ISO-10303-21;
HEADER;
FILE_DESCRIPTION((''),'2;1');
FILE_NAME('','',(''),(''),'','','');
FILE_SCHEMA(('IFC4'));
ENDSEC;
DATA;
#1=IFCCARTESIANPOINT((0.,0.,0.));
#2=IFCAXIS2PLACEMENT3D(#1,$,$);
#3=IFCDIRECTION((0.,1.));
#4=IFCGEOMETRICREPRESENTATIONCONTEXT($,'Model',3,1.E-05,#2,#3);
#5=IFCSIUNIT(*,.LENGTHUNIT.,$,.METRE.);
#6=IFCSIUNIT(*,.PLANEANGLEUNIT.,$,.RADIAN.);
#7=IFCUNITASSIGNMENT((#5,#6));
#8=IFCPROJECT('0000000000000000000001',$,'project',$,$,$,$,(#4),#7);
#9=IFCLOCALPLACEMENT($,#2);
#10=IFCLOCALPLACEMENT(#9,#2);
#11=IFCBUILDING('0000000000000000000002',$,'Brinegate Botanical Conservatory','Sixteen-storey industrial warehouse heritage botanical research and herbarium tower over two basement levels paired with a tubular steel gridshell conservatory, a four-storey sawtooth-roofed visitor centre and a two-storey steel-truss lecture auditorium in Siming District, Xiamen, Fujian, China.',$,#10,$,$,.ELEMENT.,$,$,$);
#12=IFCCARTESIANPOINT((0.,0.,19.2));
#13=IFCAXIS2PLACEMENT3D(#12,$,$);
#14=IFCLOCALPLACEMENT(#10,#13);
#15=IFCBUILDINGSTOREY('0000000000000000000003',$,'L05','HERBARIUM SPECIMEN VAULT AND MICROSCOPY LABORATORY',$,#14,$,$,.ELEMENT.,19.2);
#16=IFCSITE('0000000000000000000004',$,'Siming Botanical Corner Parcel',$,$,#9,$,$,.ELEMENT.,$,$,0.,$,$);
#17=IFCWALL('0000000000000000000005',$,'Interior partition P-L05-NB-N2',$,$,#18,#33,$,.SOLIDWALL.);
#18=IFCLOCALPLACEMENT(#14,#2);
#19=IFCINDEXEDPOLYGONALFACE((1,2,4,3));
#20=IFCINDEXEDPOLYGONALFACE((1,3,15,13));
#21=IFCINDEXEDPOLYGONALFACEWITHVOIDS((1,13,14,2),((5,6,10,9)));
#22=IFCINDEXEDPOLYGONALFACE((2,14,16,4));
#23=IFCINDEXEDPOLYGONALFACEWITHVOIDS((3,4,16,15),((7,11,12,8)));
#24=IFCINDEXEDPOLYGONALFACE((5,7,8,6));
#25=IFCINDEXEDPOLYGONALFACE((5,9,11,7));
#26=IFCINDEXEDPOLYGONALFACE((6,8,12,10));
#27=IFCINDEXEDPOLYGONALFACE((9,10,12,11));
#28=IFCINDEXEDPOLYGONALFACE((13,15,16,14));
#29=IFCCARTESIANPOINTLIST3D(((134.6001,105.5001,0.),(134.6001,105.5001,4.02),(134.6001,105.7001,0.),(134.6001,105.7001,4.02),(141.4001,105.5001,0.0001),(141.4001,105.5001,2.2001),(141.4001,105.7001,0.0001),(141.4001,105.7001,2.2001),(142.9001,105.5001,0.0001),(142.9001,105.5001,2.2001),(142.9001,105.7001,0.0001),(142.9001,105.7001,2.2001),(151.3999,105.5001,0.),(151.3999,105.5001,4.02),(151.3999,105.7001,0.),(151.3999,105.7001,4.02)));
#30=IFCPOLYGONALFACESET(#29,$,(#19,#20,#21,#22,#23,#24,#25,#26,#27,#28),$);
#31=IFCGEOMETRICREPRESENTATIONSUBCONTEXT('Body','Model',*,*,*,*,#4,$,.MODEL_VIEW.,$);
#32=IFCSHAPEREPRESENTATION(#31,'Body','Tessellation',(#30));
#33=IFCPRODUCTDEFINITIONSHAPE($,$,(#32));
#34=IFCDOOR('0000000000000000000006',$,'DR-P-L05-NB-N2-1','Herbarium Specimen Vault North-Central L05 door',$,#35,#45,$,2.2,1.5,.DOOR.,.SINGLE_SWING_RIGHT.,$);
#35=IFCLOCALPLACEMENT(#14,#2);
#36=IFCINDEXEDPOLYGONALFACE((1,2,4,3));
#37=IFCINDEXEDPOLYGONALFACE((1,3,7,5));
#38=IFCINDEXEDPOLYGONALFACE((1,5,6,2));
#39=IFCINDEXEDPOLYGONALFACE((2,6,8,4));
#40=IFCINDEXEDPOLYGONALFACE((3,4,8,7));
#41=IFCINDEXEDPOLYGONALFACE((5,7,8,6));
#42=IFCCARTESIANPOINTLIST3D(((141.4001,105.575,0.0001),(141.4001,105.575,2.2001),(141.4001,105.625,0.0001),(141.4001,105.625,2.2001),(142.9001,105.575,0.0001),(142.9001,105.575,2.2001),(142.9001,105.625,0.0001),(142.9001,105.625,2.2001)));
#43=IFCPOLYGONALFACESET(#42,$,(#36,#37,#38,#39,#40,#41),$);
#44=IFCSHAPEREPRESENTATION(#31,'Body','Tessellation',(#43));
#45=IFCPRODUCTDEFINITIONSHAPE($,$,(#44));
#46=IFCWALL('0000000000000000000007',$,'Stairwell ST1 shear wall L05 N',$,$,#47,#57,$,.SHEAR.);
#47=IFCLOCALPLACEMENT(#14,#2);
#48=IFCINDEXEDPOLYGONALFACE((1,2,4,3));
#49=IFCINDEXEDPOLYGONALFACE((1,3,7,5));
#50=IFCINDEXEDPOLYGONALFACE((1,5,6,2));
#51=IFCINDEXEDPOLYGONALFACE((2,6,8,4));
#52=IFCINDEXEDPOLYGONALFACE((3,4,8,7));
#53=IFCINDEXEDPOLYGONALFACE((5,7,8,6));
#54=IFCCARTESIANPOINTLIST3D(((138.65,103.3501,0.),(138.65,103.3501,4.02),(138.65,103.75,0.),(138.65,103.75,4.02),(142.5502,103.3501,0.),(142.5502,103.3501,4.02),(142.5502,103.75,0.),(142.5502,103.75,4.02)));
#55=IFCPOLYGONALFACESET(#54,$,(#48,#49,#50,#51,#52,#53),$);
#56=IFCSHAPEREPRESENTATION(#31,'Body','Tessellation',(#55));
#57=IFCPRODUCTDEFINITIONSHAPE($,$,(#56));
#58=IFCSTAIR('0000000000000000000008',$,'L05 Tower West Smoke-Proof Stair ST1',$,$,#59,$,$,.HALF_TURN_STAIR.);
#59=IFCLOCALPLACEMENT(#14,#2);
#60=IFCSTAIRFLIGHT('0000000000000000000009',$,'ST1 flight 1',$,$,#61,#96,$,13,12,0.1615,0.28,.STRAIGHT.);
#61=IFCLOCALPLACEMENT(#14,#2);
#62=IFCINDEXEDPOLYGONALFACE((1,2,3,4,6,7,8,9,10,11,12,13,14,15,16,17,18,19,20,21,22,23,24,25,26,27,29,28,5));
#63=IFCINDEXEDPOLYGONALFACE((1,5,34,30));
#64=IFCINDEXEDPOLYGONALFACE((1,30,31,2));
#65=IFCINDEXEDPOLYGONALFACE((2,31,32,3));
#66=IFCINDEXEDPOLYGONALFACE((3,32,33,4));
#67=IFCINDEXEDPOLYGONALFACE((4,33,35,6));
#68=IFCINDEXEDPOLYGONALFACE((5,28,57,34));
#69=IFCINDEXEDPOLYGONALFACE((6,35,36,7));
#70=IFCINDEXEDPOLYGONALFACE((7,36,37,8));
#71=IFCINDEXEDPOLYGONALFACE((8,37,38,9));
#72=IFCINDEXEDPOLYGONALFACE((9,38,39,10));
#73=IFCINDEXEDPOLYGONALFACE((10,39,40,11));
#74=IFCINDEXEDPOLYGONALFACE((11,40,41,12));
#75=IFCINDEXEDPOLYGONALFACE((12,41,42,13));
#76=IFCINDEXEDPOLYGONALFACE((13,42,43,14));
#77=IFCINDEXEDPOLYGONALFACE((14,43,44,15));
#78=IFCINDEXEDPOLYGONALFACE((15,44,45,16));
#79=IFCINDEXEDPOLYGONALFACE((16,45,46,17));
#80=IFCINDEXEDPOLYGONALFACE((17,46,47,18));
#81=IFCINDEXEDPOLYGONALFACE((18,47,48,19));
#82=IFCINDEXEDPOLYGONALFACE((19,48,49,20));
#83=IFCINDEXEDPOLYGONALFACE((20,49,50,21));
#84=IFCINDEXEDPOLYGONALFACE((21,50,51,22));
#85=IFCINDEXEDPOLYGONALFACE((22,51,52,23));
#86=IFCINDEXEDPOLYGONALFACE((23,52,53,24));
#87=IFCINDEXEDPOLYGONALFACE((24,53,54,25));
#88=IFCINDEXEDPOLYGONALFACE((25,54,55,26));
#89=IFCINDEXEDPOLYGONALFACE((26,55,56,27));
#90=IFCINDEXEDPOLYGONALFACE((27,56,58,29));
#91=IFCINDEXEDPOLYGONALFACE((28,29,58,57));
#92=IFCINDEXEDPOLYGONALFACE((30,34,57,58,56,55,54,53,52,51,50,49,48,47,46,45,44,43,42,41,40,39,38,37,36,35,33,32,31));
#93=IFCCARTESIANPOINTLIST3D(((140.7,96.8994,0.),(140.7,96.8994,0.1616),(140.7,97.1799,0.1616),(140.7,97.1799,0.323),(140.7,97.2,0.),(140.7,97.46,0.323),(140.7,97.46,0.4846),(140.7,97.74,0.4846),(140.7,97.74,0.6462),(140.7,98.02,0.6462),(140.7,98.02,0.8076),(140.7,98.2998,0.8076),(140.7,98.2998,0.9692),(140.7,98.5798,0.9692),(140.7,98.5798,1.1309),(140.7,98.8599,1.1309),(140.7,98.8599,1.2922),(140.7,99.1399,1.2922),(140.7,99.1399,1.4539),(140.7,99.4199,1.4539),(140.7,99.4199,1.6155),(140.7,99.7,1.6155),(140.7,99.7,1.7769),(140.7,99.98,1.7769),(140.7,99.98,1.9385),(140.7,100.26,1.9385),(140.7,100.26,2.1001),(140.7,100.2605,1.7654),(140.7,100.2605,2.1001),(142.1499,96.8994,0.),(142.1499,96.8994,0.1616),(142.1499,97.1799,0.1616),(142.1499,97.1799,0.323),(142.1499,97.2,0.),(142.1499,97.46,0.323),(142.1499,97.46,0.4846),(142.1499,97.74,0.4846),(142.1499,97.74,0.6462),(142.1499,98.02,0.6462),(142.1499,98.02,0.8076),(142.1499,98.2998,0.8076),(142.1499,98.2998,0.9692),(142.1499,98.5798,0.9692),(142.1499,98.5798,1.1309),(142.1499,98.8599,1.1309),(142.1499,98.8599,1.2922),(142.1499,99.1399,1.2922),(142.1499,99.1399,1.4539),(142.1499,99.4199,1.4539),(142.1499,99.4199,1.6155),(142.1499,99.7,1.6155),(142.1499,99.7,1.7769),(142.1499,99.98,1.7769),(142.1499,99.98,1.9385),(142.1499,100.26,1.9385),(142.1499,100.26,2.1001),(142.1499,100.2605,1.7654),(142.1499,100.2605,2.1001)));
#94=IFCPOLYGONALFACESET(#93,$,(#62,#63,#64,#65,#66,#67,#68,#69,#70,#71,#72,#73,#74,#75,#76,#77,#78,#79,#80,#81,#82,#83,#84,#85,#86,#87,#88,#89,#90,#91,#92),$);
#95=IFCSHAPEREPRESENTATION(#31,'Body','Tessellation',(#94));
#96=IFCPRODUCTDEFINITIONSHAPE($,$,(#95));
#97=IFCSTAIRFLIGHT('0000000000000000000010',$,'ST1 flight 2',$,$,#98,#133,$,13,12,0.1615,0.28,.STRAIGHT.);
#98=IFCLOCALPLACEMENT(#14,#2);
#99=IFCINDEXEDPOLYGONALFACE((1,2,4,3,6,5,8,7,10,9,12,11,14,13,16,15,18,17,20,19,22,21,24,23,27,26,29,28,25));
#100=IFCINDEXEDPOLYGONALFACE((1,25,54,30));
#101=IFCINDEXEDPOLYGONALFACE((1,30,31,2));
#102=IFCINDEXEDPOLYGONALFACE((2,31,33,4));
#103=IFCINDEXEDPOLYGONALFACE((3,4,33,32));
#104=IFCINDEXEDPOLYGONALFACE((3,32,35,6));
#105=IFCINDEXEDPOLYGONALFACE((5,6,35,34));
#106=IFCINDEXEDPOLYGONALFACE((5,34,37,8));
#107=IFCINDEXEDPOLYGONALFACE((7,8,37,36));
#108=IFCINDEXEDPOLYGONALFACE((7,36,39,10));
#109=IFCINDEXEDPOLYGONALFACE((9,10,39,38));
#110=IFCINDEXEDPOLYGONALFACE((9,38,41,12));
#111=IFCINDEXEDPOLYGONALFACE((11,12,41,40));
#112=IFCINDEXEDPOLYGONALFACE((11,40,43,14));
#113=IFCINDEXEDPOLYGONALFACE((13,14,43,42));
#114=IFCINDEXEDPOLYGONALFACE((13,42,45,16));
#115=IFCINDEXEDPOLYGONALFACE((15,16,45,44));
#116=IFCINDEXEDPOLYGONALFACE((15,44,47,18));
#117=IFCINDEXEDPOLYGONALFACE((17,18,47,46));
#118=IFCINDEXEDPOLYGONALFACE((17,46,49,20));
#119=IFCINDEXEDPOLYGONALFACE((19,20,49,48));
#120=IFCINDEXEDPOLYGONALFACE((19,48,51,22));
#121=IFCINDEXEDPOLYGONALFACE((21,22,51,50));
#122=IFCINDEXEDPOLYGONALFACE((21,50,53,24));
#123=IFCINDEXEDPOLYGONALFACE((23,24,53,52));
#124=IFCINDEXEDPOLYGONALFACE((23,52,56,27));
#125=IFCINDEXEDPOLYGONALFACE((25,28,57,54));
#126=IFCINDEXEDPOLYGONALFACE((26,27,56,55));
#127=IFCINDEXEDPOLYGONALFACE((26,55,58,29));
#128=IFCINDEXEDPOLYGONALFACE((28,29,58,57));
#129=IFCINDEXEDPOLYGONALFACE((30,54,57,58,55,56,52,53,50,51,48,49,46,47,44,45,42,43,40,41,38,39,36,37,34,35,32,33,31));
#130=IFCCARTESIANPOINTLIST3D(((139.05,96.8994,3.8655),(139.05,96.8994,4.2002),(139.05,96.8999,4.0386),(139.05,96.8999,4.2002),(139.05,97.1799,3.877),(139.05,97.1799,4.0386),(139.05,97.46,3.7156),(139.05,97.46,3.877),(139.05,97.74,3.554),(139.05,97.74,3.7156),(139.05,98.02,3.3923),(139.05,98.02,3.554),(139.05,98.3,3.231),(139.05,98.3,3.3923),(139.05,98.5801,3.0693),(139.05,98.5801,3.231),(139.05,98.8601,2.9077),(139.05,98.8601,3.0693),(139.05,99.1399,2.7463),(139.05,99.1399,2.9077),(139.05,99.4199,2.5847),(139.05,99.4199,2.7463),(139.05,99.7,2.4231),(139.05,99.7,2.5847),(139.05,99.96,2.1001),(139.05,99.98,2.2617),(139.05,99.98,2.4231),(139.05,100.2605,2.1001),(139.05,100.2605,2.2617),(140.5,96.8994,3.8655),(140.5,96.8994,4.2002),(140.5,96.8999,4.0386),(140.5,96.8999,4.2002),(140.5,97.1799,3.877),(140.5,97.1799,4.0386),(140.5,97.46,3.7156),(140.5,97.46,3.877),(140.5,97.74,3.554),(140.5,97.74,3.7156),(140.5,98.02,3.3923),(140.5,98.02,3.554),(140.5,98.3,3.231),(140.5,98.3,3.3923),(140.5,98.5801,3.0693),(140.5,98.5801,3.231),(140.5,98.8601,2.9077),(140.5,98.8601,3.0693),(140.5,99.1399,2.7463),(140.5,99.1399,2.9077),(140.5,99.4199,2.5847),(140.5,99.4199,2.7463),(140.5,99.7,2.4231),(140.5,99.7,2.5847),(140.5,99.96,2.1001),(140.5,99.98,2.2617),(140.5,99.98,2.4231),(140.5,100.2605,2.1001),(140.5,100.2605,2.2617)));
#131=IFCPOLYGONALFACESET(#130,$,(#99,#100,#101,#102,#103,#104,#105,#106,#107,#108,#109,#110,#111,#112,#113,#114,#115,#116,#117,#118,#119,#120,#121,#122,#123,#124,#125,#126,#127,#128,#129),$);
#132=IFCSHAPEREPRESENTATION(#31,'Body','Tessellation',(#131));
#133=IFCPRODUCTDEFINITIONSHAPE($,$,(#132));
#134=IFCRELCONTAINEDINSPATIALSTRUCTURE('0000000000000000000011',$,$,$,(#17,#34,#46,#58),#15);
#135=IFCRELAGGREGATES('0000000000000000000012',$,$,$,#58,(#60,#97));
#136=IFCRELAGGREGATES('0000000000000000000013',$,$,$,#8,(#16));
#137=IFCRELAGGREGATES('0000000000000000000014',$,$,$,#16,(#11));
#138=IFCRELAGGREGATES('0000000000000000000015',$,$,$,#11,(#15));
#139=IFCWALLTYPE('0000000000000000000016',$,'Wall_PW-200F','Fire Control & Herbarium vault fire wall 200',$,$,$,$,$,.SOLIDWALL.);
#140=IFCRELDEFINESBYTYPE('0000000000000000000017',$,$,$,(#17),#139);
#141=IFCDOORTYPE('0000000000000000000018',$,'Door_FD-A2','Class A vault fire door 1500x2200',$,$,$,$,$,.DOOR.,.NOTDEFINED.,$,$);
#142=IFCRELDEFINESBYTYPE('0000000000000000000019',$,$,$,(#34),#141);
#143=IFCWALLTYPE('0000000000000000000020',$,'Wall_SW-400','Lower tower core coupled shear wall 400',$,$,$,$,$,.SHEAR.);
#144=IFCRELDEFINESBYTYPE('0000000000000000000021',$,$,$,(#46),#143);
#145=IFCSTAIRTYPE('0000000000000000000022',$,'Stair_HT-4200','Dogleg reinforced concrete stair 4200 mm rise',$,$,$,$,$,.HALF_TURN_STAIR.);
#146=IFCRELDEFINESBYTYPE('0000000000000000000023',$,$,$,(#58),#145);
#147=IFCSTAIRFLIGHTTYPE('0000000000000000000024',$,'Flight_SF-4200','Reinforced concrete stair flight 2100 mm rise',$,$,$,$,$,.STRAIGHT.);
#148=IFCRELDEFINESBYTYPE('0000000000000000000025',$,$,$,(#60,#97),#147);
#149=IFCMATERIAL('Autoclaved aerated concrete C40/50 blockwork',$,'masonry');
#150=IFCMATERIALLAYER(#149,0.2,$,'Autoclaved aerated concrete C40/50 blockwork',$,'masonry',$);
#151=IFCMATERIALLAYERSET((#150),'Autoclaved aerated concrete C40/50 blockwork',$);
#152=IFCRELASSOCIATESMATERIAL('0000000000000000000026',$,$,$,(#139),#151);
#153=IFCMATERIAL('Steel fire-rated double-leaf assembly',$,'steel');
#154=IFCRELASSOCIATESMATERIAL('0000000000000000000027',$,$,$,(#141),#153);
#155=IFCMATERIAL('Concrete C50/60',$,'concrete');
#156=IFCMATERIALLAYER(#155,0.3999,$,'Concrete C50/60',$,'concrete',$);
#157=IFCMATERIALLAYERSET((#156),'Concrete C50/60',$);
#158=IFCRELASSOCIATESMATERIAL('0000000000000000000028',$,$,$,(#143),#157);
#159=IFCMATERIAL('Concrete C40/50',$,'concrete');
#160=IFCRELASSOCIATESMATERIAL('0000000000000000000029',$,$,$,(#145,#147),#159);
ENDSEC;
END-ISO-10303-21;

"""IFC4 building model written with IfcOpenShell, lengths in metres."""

from ifc_helpers import new_model, si_unit, direction, frame, frame_2d, origin, place, context, subcontext, project, spatial, polyline, rectangle, outline, extrude, material, layer, layer_set, type_object, element, fill, aggregate, save


model = new_model("IFC4")

# Units and contexts
model_context = context("Model", 3, precision=1e-05, world=origin(), true_north=direction((0.0, 1.0)))
body_context = subcontext(model_context, "Body", "Model", "MODEL_VIEW")
ifc_project = project(units=[si_unit("LENGTHUNIT", "METRE"), si_unit("PLANEANGLEUNIT", "RADIAN")], contexts=[model_context])

# Site, building, storey
site_placement = place(None, origin())
site = spatial("IfcSite", under=ifc_project, at=site_placement, Name="Siming Botanical Corner Parcel", CompositionType="ELEMENT", RefElevation=0.0)
building_placement = place(site_placement, origin())
building = spatial("IfcBuilding", under=site, at=building_placement, Name="Brinegate Botanical Conservatory", Description="Sixteen-storey industrial warehouse heritage botanical research and herbarium tower over two basement levels paired with a tubular steel gridshell conservatory, a four-storey sawtooth-roofed visitor centre and a two-storey steel-truss lecture auditorium in Siming District, Xiamen, Fujian, China.", CompositionType="ELEMENT")
storey_placement = place(building_placement, frame((0.0, 0.0, 19.2)))
storey = spatial("IfcBuildingStorey", under=building, at=storey_placement, Name="L05", Description="HERBARIUM SPECIMEN VAULT AND MICROSCOPY LABORATORY", CompositionType="ELEMENT", Elevation=19.2)

# Shared definitions
ifc_material_1 = material(Name="Concrete C50/60", Category="concrete")

# Shared definitions
ifc_material_2 = material(Name="Concrete C40/50", Category="concrete")

# Shared definitions
ifc_material_3 = material(Name="Autoclaved aerated concrete C40/50 blockwork", Category="masonry")

# Wall, opening, door
ifc_layer_1 = layer(ifc_material_3, 0.2, Name="Autoclaved aerated concrete C40/50 blockwork", Category="masonry")
ifc_layer_set_1 = layer_set([ifc_layer_1], Name="Autoclaved aerated concrete C40/50 blockwork")
wall_type_1 = type_object("IfcWallType", Name="Wall_PW-200F", Description="Fire Control & Herbarium vault fire wall 200", PredefinedType="SOLIDWALL", material=ifc_layer_set_1)
wall_1_placement = place(storey_placement, frame((134.6001, 105.6001, 0.0), z_axis=(0.0, 0.0, 1.0), x_axis=(1.0, 0.0, 0.0)))
wall_1 = element("IfcWall", 1, at=wall_1_placement, inside=storey, type_object=wall_type_1, Name="Interior partition P-L05-NB-N2", PredefinedType="SOLIDWALL", context=body_context, shape_type="SweptSolid", body=[
    extrude(rectangle(XDim=16.7998, YDim=0.2, at=frame_2d((8.3999, 0.0))), origin(), (0.0, 0.0, 1.0), 4.02),
])
opening_1_placement = place(wall_1_placement, frame((6.8, 0.0, 0.0)))
opening_1 = element("IfcOpeningElement", 2, at=opening_1_placement, cuts=wall_1, PredefinedType="OPENING", context=body_context, shape_type="SweptSolid", body=[
    extrude(rectangle(XDim=1.5, YDim=2.2, at=frame_2d((0.75, 1.1001))), frame((0.0, 0.1099, 0.0), z_axis=(0.0, -1.0, 0.0), x_axis=(1.0, 0.0, 0.0)), (0.0, 0.0, 1.0), 0.22),
])
ifc_material_4 = material(Name="Steel fire-rated double-leaf assembly", Category="steel")
door_type = type_object("IfcDoorType", Name="Door_FD-A2", Description="Class A vault fire door 1500x2200", OperationType="NOTDEFINED", PredefinedType="DOOR", material=ifc_material_4)
door_placement = place(opening_1_placement, origin())
door = element("IfcDoor", 3, at=door_placement, inside=storey, type_object=door_type, Name="DR-P-L05-NB-N2-1", Description="Herbarium Specimen Vault North-Central L05 door", OperationType="SINGLE_SWING_RIGHT", OverallHeight=2.2, OverallWidth=1.5, PredefinedType="DOOR", context=body_context, shape_type="SweptSolid", body=[
    extrude(rectangle(XDim=1.5, YDim=2.2, at=frame_2d((0.75, 1.1001))), frame((0.0, 0.0249, 0.0), z_axis=(0.0, -1.0, 0.0), x_axis=(1.0, 0.0, 0.0)), (0.0, 0.0, 1.0), 0.05),
])
fill(opening_1, door)

# Wall
ifc_layer_2 = layer(ifc_material_1, 0.3999, Name="Concrete C50/60", Category="concrete")
ifc_layer_set_2 = layer_set([ifc_layer_2], Name="Concrete C50/60")
wall_type_2 = type_object("IfcWallType", Name="Wall_SW-400", Description="Lower tower core coupled shear wall 400", PredefinedType="SHEAR", material=ifc_layer_set_2)
wall_2_placement = place(storey_placement, frame((138.6499, 103.55, 0.0), z_axis=(0.0, 0.0, 1.0), x_axis=(1.0, 0.0, 0.0)))
element("IfcWall", 4, at=wall_2_placement, inside=storey, type_object=wall_type_2, Name="Stairwell ST1 shear wall L05 N", PredefinedType="SHEAR", context=body_context, shape_type="SweptSolid", body=[
    extrude(rectangle(XDim=3.9001, YDim=0.3999, at=frame_2d((1.9502, 0.0))), origin(), (0.0, 0.0, 1.0), 4.02),
])

# Stair, stair flights
stair_type = type_object("IfcStairType", Name="Stair_HT-4200", Description="Dogleg reinforced concrete stair 4200 mm rise", PredefinedType="HALF_TURN_STAIR", material=ifc_material_2)
stair_placement = place(storey_placement, origin())
stair = element("IfcStair", 5, at=stair_placement, inside=storey, type_object=stair_type, Name="L05 Tower West Smoke-Proof Stair ST1", PredefinedType="HALF_TURN_STAIR")
stair_flight_type = type_object("IfcStairFlightType", Name="Flight_SF-4200", Description="Reinforced concrete stair flight 2100 mm rise", PredefinedType="STRAIGHT", material=ifc_material_2)
stair_flight_1_placement = place(storey_placement, frame((141.425, 96.8999, 0.0), z_axis=(0.0, 0.0, 1.0), x_axis=(0.0, 1.0, 0.0)))
stair_flight_1 = element("IfcStairFlight", 6, at=stair_flight_1_placement, type_object=stair_flight_type, Name="ST1 flight 1", NumberOfRisers=13, NumberOfTreads=12, PredefinedType="STRAIGHT", RiserHeight=0.1615, TreadLength=0.28, context=body_context, shape_type="SweptSolid", body=[
    extrude(outline(polyline([(-0.0005, 0.0), (-0.0005, 0.1616), (0.28, 0.1616), (0.28, 0.323), (0.5601, 0.323), (0.5601, 0.4846), (0.8401, 0.4846), (0.8401, 0.6462), (1.1201, 0.6462), (1.1201, 0.8076), (1.3999, 0.8076), (1.3999, 0.9692), (1.6799, 0.9692), (1.6799, 1.1309), (1.96, 1.1309), (1.96, 1.2922), (2.24, 1.2922), (2.24, 1.4539), (2.52, 1.4539), (2.52, 1.6155), (2.8, 1.6155), (2.8, 1.7769), (3.0801, 1.7769), (3.0801, 1.9385), (3.3601, 1.9385), (3.3601, 2.1001), (3.3606, 2.1001), (3.3606, 1.7654), (0.3, 0.0), (-0.0005, 0.0)])), frame((0.0, 0.7251, 0.0), z_axis=(0.0, -1.0, 0.0), x_axis=(1.0, 0.0, 0.0)), (0.0, 0.0, 1.0), 1.45),
])
stair_flight_2_placement = place(storey_placement, frame((139.7749, 100.26, 2.1001), z_axis=(0.0, 0.0, 1.0), x_axis=(0.0, -1.0, 0.0)))
stair_flight_2 = element("IfcStairFlight", 7, at=stair_flight_2_placement, type_object=stair_flight_type, Name="ST1 flight 2", NumberOfRisers=13, NumberOfTreads=12, PredefinedType="STRAIGHT", RiserHeight=0.1615, TreadLength=0.28, context=body_context, shape_type="SweptSolid", body=[
    extrude(outline(polyline([(-0.0005, 0.0), (-0.0005, 0.1616), (0.28, 0.1616), (0.28, 0.323), (0.5601, 0.323), (0.5601, 0.4846), (0.8401, 0.4846), (0.8401, 0.6462), (1.1201, 0.6462), (1.1201, 0.8076), (1.3999, 0.8076), (1.3999, 0.9692), (1.6799, 0.9692), (1.6799, 1.1309), (1.96, 1.1309), (1.96, 1.2922), (2.24, 1.2922), (2.24, 1.4539), (2.52, 1.4539), (2.52, 1.6155), (2.8, 1.6155), (2.8, 1.7769), (3.0801, 1.7769), (3.0801, 1.9385), (3.3601, 1.9385), (3.3601, 2.1001), (3.3606, 2.1001), (3.3606, 1.7654), (0.3, 0.0), (-0.0005, 0.0)])), frame((0.0, 0.7251, 0.0), z_axis=(0.0, -1.0, 0.0), x_axis=(1.0, 0.0, 0.0)), (0.0, 0.0, 1.0), 1.45),
])
aggregate(stair, [stair_flight_1, stair_flight_2])

save(model, "model.ifc")
